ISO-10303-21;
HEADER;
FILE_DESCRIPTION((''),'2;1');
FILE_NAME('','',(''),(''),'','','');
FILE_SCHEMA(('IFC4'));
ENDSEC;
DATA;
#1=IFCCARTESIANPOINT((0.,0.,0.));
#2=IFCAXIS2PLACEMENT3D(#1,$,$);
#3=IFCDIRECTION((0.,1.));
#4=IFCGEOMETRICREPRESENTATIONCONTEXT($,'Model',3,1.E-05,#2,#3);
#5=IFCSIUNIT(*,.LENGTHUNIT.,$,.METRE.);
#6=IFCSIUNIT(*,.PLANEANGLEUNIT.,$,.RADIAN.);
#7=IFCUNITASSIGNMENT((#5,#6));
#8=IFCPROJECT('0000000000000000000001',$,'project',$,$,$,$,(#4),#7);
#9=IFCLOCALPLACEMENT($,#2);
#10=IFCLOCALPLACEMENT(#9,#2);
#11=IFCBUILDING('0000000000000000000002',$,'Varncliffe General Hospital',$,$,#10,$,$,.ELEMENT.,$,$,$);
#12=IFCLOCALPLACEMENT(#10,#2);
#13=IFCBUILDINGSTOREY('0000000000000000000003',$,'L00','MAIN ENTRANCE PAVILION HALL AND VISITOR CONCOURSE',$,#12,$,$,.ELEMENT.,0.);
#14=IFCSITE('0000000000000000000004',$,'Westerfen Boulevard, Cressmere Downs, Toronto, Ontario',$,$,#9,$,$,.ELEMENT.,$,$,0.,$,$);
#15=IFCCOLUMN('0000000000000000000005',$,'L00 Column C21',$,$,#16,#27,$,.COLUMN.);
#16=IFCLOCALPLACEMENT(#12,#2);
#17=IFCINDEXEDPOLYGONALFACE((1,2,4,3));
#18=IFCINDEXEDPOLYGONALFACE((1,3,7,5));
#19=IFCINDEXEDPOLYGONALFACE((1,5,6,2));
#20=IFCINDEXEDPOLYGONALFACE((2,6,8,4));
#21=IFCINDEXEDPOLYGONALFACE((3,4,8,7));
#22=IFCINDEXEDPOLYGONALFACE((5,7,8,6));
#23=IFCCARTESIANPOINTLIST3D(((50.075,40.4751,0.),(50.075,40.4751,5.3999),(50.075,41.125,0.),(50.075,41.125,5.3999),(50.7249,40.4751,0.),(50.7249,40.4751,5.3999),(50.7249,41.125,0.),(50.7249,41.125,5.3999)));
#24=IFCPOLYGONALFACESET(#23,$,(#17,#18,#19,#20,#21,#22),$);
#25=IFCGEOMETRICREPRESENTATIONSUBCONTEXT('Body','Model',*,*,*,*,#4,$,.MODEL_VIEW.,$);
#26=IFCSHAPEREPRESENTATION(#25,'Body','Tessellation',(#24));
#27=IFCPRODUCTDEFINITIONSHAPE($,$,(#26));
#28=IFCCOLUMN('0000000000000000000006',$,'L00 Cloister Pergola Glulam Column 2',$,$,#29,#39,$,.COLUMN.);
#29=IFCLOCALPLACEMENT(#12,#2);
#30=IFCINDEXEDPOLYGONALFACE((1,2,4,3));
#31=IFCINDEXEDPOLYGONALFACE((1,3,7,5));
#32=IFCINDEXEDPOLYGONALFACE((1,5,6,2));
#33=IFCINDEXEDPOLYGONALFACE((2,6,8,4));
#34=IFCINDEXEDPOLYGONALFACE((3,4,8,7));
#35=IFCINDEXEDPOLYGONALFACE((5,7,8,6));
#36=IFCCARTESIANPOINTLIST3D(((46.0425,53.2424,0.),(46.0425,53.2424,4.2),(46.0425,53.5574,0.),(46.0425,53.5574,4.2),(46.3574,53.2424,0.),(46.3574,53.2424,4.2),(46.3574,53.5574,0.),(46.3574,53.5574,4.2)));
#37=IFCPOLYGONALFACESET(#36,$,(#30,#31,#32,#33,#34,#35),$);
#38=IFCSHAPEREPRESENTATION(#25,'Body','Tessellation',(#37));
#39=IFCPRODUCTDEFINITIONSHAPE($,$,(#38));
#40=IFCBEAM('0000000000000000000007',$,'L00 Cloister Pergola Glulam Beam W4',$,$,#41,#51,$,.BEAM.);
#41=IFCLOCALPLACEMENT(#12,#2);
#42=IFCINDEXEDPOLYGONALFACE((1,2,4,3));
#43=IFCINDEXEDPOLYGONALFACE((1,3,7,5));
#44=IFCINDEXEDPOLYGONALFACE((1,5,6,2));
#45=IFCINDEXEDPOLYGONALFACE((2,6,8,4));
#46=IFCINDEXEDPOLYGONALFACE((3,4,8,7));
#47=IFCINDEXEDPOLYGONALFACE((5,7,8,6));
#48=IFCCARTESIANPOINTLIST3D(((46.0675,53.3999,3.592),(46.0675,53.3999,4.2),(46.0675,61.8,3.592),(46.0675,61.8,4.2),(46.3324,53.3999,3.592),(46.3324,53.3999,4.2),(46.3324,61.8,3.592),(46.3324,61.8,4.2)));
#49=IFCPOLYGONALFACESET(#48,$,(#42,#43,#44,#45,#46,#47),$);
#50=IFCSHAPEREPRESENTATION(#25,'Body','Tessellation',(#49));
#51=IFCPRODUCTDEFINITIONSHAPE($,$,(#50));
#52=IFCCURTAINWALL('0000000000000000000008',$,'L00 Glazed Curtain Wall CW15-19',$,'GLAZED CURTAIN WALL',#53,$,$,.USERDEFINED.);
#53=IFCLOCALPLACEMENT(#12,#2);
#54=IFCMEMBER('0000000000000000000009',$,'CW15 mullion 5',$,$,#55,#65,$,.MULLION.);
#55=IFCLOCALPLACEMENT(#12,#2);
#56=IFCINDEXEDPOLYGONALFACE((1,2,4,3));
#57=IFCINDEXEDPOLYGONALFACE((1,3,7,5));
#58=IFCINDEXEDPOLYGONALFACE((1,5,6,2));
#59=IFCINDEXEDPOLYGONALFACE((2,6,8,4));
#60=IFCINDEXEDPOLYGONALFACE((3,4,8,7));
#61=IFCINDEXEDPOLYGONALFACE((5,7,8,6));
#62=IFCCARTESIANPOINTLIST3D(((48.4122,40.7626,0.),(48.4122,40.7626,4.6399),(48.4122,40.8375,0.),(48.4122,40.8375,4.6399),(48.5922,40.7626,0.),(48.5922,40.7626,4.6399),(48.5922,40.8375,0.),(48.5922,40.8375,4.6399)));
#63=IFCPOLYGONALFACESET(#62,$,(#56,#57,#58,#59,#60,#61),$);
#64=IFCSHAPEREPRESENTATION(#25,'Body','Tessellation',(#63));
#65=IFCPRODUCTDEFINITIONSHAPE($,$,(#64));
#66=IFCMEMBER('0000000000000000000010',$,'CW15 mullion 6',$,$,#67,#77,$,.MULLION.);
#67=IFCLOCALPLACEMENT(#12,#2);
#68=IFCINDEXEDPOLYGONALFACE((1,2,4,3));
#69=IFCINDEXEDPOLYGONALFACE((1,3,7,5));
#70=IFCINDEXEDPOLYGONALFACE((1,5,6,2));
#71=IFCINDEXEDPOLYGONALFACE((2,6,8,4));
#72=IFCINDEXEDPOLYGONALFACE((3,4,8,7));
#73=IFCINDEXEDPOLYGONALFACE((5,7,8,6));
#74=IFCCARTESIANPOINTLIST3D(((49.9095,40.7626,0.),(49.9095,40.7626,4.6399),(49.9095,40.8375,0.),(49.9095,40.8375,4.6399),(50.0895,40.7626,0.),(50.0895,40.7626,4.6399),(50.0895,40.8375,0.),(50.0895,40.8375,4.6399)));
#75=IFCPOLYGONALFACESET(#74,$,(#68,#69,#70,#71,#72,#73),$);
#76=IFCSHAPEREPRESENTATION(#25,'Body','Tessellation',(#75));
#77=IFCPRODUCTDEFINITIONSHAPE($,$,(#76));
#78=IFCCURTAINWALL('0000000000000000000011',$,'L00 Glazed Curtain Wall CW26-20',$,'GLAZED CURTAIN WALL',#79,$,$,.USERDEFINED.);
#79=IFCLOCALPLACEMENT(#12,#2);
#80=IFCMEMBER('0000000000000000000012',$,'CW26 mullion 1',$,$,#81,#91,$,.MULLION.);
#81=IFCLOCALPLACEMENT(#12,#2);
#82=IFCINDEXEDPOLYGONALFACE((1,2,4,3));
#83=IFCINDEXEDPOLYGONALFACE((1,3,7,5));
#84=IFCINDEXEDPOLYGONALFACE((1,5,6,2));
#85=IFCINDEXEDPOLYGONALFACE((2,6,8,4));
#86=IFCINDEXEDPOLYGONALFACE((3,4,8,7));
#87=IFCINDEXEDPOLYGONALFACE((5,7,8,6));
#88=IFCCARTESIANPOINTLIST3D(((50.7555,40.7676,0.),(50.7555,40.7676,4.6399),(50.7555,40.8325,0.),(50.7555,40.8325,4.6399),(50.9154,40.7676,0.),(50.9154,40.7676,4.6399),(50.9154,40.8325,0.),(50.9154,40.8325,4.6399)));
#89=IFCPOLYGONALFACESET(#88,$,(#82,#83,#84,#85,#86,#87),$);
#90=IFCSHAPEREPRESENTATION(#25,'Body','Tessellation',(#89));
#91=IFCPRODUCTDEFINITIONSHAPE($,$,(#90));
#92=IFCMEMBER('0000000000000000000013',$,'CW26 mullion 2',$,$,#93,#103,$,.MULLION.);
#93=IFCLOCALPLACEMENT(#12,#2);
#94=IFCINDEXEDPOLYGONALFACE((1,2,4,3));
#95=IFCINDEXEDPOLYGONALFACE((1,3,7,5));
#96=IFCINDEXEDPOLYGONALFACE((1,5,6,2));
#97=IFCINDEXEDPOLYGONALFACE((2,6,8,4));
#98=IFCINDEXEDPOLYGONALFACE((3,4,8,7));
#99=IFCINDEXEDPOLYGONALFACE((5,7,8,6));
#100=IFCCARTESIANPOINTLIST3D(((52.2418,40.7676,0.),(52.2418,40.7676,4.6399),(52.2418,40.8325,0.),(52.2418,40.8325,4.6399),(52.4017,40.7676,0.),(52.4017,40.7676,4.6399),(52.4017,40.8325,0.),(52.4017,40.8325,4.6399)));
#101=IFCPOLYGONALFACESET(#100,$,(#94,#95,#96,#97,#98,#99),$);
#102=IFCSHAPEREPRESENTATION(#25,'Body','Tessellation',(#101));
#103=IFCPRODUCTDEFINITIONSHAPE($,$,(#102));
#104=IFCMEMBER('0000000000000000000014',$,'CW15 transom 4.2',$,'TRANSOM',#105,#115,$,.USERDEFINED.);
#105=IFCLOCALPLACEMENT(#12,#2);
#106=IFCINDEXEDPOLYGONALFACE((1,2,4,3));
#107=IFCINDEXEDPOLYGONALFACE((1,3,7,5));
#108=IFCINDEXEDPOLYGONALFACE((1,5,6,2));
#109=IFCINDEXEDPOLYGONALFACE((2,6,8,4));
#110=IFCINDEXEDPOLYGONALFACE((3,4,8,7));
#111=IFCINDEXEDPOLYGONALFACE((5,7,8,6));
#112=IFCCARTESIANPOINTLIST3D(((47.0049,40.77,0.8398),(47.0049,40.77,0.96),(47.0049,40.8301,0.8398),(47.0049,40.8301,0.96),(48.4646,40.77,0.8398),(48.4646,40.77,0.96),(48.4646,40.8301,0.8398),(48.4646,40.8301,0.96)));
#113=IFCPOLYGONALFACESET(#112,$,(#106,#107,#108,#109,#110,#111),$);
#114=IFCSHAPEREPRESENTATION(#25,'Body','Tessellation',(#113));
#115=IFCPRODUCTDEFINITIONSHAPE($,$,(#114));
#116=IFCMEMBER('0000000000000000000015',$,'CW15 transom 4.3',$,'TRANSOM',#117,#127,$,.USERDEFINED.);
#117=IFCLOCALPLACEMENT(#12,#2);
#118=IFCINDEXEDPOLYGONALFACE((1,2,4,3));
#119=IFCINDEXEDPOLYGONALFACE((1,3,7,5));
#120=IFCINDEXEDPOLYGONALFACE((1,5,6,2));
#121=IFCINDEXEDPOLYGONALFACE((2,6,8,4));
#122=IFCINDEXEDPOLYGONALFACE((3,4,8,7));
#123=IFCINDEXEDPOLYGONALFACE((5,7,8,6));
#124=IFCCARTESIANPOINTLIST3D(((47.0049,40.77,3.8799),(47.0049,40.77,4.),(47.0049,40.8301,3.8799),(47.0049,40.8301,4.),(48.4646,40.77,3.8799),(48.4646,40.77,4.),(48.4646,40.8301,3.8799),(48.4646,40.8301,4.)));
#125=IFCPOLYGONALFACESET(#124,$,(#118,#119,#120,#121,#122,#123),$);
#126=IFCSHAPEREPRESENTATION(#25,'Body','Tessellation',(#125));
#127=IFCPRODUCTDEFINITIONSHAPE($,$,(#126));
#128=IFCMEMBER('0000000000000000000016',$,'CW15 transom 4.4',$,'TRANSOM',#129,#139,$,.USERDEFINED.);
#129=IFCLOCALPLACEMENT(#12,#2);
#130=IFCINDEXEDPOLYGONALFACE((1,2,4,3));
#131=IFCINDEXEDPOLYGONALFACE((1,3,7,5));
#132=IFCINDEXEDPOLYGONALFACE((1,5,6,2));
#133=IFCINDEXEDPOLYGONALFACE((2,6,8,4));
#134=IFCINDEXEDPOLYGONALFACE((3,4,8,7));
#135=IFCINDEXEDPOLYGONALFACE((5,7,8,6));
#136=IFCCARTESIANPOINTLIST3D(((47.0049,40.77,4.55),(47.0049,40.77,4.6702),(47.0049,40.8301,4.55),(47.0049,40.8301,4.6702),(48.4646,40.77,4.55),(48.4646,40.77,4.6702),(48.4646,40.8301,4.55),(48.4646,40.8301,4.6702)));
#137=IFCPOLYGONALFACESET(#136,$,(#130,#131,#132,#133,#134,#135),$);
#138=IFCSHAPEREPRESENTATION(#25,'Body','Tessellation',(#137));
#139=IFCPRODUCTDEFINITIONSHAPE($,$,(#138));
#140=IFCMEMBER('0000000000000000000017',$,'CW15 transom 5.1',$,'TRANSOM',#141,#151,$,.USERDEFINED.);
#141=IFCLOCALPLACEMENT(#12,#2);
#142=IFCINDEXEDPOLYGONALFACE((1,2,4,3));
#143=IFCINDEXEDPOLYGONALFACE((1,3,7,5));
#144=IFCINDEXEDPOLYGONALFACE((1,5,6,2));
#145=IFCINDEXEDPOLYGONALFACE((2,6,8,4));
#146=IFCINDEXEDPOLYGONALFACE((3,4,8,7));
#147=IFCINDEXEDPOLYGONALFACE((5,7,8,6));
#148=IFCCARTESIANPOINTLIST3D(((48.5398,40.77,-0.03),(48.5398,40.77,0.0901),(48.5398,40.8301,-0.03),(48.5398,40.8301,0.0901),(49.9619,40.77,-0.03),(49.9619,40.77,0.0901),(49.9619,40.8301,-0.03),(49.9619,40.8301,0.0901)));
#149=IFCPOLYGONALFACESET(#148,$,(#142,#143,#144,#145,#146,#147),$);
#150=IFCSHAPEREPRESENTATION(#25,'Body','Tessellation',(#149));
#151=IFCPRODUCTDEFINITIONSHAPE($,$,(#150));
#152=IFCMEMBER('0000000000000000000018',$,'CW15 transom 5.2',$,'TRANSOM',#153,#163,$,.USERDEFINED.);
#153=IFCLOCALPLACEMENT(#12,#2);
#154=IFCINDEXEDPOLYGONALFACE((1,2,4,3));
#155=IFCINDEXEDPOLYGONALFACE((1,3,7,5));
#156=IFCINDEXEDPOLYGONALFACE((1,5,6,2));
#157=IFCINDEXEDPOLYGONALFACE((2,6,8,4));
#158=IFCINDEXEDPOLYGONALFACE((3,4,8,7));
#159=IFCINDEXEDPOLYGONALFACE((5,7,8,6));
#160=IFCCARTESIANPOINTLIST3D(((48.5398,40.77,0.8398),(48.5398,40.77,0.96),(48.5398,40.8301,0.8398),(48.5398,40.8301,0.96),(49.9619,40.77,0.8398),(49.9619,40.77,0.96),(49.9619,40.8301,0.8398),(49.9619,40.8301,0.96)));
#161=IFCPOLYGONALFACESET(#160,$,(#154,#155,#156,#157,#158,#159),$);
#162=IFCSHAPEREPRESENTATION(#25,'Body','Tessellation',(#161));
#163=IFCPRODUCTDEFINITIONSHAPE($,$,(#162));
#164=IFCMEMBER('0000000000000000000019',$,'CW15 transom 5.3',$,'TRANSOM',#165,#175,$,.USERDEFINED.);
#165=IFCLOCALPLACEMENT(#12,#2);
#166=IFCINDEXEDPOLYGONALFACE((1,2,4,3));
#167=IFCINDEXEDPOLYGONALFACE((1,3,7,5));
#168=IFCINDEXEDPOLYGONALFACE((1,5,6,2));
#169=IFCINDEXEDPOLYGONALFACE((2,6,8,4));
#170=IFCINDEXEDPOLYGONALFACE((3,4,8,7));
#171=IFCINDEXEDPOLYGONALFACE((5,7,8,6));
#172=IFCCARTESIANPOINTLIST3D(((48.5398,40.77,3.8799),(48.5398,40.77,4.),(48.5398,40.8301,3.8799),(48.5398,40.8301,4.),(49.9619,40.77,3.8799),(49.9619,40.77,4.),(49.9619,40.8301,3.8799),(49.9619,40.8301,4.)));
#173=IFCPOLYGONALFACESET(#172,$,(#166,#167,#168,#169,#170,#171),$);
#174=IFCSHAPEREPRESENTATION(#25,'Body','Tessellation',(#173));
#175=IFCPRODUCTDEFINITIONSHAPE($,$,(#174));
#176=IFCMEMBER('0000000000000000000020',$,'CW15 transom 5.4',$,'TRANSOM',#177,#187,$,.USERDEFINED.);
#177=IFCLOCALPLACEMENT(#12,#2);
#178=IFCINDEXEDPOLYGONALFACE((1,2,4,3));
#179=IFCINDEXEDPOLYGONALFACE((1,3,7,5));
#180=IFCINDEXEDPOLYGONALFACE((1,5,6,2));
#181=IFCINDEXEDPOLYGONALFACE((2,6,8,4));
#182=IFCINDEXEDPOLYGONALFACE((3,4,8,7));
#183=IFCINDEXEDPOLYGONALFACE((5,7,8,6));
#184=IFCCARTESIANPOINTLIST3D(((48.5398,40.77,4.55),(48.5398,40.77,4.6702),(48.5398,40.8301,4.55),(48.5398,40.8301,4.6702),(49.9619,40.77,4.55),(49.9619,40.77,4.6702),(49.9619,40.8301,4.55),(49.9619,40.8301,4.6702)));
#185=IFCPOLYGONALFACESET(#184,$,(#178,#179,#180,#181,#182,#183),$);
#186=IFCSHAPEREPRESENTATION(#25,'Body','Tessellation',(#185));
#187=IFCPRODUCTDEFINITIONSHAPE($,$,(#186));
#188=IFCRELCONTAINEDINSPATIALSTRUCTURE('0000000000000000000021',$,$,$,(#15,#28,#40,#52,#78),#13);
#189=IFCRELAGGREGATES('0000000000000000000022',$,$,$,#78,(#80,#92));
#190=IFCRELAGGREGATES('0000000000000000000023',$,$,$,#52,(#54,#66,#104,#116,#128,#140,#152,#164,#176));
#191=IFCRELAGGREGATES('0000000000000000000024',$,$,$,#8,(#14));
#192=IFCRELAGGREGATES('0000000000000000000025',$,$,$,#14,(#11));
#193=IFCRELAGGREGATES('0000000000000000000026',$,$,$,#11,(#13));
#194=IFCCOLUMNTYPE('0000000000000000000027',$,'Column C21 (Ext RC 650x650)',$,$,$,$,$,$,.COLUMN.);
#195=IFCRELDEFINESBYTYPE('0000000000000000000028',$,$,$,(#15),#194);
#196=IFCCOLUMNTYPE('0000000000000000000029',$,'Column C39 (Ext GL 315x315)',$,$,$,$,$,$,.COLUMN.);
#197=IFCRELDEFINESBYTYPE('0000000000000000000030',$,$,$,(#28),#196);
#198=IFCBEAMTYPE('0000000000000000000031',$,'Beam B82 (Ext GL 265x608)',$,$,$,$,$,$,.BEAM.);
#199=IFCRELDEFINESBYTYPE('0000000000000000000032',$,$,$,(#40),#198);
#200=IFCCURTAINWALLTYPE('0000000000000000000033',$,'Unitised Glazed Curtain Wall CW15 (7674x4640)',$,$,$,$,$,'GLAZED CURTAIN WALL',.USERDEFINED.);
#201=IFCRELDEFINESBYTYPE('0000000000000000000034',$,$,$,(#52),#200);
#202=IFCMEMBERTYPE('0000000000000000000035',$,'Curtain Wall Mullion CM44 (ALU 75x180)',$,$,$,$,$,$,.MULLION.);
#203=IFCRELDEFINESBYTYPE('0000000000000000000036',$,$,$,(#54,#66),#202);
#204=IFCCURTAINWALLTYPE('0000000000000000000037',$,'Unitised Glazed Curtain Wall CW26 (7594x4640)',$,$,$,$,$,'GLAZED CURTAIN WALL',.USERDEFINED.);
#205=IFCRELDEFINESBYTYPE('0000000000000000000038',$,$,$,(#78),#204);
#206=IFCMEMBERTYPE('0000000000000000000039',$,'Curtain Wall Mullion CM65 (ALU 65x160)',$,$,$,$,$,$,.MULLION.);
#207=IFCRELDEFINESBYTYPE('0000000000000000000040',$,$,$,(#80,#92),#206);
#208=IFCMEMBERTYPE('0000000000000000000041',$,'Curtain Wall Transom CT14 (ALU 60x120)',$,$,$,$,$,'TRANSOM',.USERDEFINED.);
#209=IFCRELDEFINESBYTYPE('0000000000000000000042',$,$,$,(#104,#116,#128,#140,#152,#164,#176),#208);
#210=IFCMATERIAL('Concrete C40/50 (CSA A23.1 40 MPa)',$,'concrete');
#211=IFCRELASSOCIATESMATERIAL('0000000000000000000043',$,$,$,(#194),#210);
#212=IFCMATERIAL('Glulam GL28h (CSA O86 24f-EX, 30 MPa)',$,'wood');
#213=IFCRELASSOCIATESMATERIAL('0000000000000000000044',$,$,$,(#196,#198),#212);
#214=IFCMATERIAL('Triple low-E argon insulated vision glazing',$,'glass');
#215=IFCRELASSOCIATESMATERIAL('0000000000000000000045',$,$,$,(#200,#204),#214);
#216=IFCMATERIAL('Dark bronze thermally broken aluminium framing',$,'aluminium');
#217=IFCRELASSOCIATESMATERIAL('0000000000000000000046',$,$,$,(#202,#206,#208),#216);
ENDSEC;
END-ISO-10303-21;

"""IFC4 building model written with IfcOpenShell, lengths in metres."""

from ifc_helpers import new_model, si_unit, direction, frame, origin, origin_2d, place, context, subcontext, project, spatial, rectangle, extrude, material, material_profile, profile_set, type_object, element, aggregate, save


model = new_model("IFC4")

# Units and contexts
model_context = context("Model", 3, precision=1e-05, world=origin(), true_north=direction((0.0, 1.0)))
body_context = subcontext(model_context, "Body", "Model", "MODEL_VIEW")
ifc_project = project(units=[si_unit("LENGTHUNIT", "METRE"), si_unit("PLANEANGLEUNIT", "RADIAN")], contexts=[model_context])

# Site, building, storey
site_placement = place(None, origin())
site = spatial("IfcSite", under=ifc_project, at=site_placement, Name="Westerfen Boulevard, Cressmere Downs, Toronto, Ontario", CompositionType="ELEMENT", RefElevation=0.0)
building_placement = place(site_placement, origin())
building = spatial("IfcBuilding", under=site, at=building_placement, Name="Varncliffe General Hospital", CompositionType="ELEMENT")
storey_placement = place(building_placement, origin())
storey = spatial("IfcBuildingStorey", under=building, at=storey_placement, Name="L00", Description="MAIN ENTRANCE PAVILION HALL AND VISITOR CONCOURSE", CompositionType="ELEMENT", Elevation=0.0)

# Columns
ifc_material_1 = material(Name="Concrete C40/50 (CSA A23.1 40 MPa)", Category="concrete")
ifc_material_profile_1 = material_profile(ifc_material_1, rectangle(XDim=0.6499, YDim=0.6499, at=origin_2d()), Name="RC 650x650")
ifc_profile_set_1 = profile_set([ifc_material_profile_1], Name="Concrete C40/50 (CSA A23.1 40 MPa)")
column_type_1 = type_object("IfcColumnType", Name="Column C21 (Ext RC 650x650)", PredefinedType="COLUMN", material=ifc_profile_set_1)
column_1_placement = place(storey_placement, frame((50.3999, 40.8, 0.0), z_axis=(0.0, 0.0, 1.0), x_axis=(1.0, 0.0, 0.0)))
element("IfcColumn", 1, at=column_1_placement, inside=storey, type_object=column_type_1, Name="L00 Column C21", PredefinedType="COLUMN", context=body_context, shape_type="SweptSolid", body=[
    extrude(rectangle(XDim=0.6499, YDim=0.6499, at=origin_2d()), origin(), (0.0, 0.0, 1.0), 5.3999),
])
ifc_material_2 = material(Name="Glulam GL28h (CSA O86 24f-EX, 30 MPa)", Category="wood")
ifc_material_profile_2 = material_profile(ifc_material_2, rectangle(XDim=0.3149, YDim=0.3149, at=origin_2d()), Name="GL 315x315")
ifc_profile_set_2 = profile_set([ifc_material_profile_2], Name="Glulam GL28h (CSA O86 24f-EX, 30 MPa)")
column_type_2 = type_object("IfcColumnType", Name="Column C39 (Ext GL 315x315)", PredefinedType="COLUMN", material=ifc_profile_set_2)
column_2_placement = place(storey_placement, frame((46.2, 53.3999, 0.0), z_axis=(0.0, 0.0, 1.0), x_axis=(1.0, 0.0, 0.0)))
element("IfcColumn", 2, at=column_2_placement, inside=storey, type_object=column_type_2, Name="L00 Cloister Pergola Glulam Column 2", PredefinedType="COLUMN", context=body_context, shape_type="SweptSolid", body=[
    extrude(rectangle(XDim=0.3149, YDim=0.3149, at=origin_2d()), origin(), (0.0, 0.0, 1.0), 4.2),
])

# Beam
ifc_material_profile_3 = material_profile(ifc_material_2, rectangle(XDim=0.2649, YDim=0.6079, at=origin_2d()), Name="GL 265x608")
ifc_profile_set_3 = profile_set([ifc_material_profile_3], Name="Glulam GL28h (CSA O86 24f-EX, 30 MPa)")
beam_type_1 = type_object("IfcBeamType", Name="Beam B82 (Ext GL 265x608)", PredefinedType="BEAM", material=ifc_profile_set_3)
beam_1_placement = place(storey_placement, frame((46.2, 53.3999, 3.896), z_axis=(0.0, 1.0, 0.0), x_axis=(-1.0, 0.0, 0.0)))
element("IfcBeam", 3, at=beam_1_placement, inside=storey, type_object=beam_type_1, Name="L00 Cloister Pergola Glulam Beam W4", PredefinedType="BEAM", context=body_context, shape_type="SweptSolid", body=[
    extrude(rectangle(XDim=0.2649, YDim=0.6079, at=origin_2d()), origin(), (0.0, 0.0, 1.0), 8.4001),
])

# Curtain walls, members
ifc_material_3 = material(Name="Triple low-E argon insulated vision glazing", Category="glass")
curtain_wall_type_1 = type_object("IfcCurtainWallType", Name="Unitised Glazed Curtain Wall CW15 (7674x4640)", ElementType="GLAZED CURTAIN WALL", PredefinedType="USERDEFINED", material=ifc_material_3)
curtain_wall_1_placement = place(storey_placement, origin())
curtain_wall_1 = element("IfcCurtainWall", 4, at=curtain_wall_1_placement, inside=storey, type_object=curtain_wall_type_1, Name="L00 Glazed Curtain Wall CW15-19", ObjectType="GLAZED CURTAIN WALL", PredefinedType="USERDEFINED")
ifc_material_4 = material(Name="Dark bronze thermally broken aluminium framing", Category="aluminium")
ifc_material_profile_4 = material_profile(ifc_material_4, rectangle(XDim=0.075, YDim=0.1799, at=origin_2d()), Name="ALU 75x180")
ifc_profile_set_4 = profile_set([ifc_material_profile_4], Name="Dark bronze thermally broken aluminium framing")
member_type_1 = type_object("IfcMemberType", Name="Curtain Wall Mullion CM44 (ALU 75x180)", PredefinedType="MULLION", material=ifc_profile_set_4)
member_1_placement = place(storey_placement, frame((48.5022, 40.8, 0.0), z_axis=(0.0, 0.0, 1.0), x_axis=(0.0, 1.0, 0.0)))
member_1 = element("IfcMember", 5, at=member_1_placement, type_object=member_type_1, Name="CW15 mullion 5", PredefinedType="MULLION", context=body_context, shape_type="SweptSolid", body=[
    extrude(rectangle(XDim=0.075, YDim=0.1799, at=origin_2d()), origin(), (0.0, 0.0, 1.0), 4.6399),
])
member_2_placement = place(storey_placement, frame((49.9995, 40.8, 0.0), z_axis=(0.0, 0.0, 1.0), x_axis=(0.0, 1.0, 0.0)))
member_2 = element("IfcMember", 6, at=member_2_placement, type_object=member_type_1, Name="CW15 mullion 6", PredefinedType="MULLION", context=body_context, shape_type="SweptSolid", body=[
    extrude(rectangle(XDim=0.075, YDim=0.1799, at=origin_2d()), origin(), (0.0, 0.0, 1.0), 4.6399),
])
curtain_wall_type_2 = type_object("IfcCurtainWallType", Name="Unitised Glazed Curtain Wall CW26 (7594x4640)", ElementType="GLAZED CURTAIN WALL", PredefinedType="USERDEFINED", material=ifc_material_3)
curtain_wall_2_placement = place(storey_placement, origin())
curtain_wall_2 = element("IfcCurtainWall", 7, at=curtain_wall_2_placement, inside=storey, type_object=curtain_wall_type_2, Name="L00 Glazed Curtain Wall CW26-20", ObjectType="GLAZED CURTAIN WALL", PredefinedType="USERDEFINED")
ifc_material_profile_5 = material_profile(ifc_material_4, rectangle(XDim=0.0649, YDim=0.1599, at=origin_2d()), Name="ALU 65x160")
ifc_profile_set_5 = profile_set([ifc_material_profile_5], Name="Dark bronze thermally broken aluminium framing")
member_type_2 = type_object("IfcMemberType", Name="Curtain Wall Mullion CM65 (ALU 65x160)", PredefinedType="MULLION", material=ifc_profile_set_5)
member_3_placement = place(storey_placement, frame((50.8354, 40.8, 0.0), z_axis=(0.0, 0.0, 1.0), x_axis=(0.0, 1.0, 0.0)))
member_3 = element("IfcMember", 8, at=member_3_placement, type_object=member_type_2, Name="CW26 mullion 1", PredefinedType="MULLION", context=body_context, shape_type="SweptSolid", body=[
    extrude(rectangle(XDim=0.0649, YDim=0.1599, at=origin_2d()), origin(), (0.0, 0.0, 1.0), 4.6399),
])
member_4_placement = place(storey_placement, frame((52.3218, 40.8, 0.0), z_axis=(0.0, 0.0, 1.0), x_axis=(0.0, 1.0, 0.0)))
member_4 = element("IfcMember", 9, at=member_4_placement, type_object=member_type_2, Name="CW26 mullion 2", PredefinedType="MULLION", context=body_context, shape_type="SweptSolid", body=[
    extrude(rectangle(XDim=0.0649, YDim=0.1599, at=origin_2d()), origin(), (0.0, 0.0, 1.0), 4.6399),
])

# Members
ifc_material_profile_6 = material_profile(ifc_material_4, rectangle(XDim=0.0601, YDim=0.1201, at=origin_2d()), Name="ALU 60x120")
ifc_profile_set_6 = profile_set([ifc_material_profile_6], Name="Dark bronze thermally broken aluminium framing")
member_type_3 = type_object("IfcMemberType", Name="Curtain Wall Transom CT14 (ALU 60x120)", ElementType="TRANSOM", PredefinedType="USERDEFINED", material=ifc_profile_set_6)
member_5_placement = place(storey_placement, frame((47.0049, 40.8, 0.8999), z_axis=(1.0, 0.0, 0.0), x_axis=(0.0, 1.0, 0.0)))
member_5 = element("IfcMember", 10, at=member_5_placement, type_object=member_type_3, Name="CW15 transom 4.2", ObjectType="TRANSOM", PredefinedType="USERDEFINED", context=body_context, shape_type="SweptSolid", body=[
    extrude(rectangle(XDim=0.0601, YDim=0.1201, at=origin_2d()), origin(), (0.0, 0.0, 1.0), 1.4597),
])
member_6_placement = place(storey_placement, frame((47.0049, 40.8, 3.9399), z_axis=(1.0, 0.0, 0.0), x_axis=(0.0, 1.0, 0.0)))
member_6 = element("IfcMember", 11, at=member_6_placement, type_object=member_type_3, Name="CW15 transom 4.3", ObjectType="TRANSOM", PredefinedType="USERDEFINED", context=body_context, shape_type="SweptSolid", body=[
    extrude(rectangle(XDim=0.0601, YDim=0.1201, at=origin_2d()), origin(), (0.0, 0.0, 1.0), 1.4597),
])
member_7_placement = place(storey_placement, frame((47.0049, 40.8, 4.6101), z_axis=(1.0, 0.0, 0.0), x_axis=(0.0, 1.0, 0.0)))
member_7 = element("IfcMember", 12, at=member_7_placement, type_object=member_type_3, Name="CW15 transom 4.4", ObjectType="TRANSOM", PredefinedType="USERDEFINED", context=body_context, shape_type="SweptSolid", body=[
    extrude(rectangle(XDim=0.0601, YDim=0.1201, at=origin_2d()), origin(), (0.0, 0.0, 1.0), 1.4597),
])
member_8_placement = place(storey_placement, frame((48.5398, 40.8, 0.03), z_axis=(1.0, 0.0, 0.0), x_axis=(0.0, 1.0, 0.0)))
member_8 = element("IfcMember", 13, at=member_8_placement, type_object=member_type_3, Name="CW15 transom 5.1", ObjectType="TRANSOM", PredefinedType="USERDEFINED", context=body_context, shape_type="SweptSolid", body=[
    extrude(rectangle(XDim=0.0601, YDim=0.1201, at=origin_2d()), origin(), (0.0, 0.0, 1.0), 1.4221),
])
member_9_placement = place(storey_placement, frame((48.5398, 40.8, 0.8999), z_axis=(1.0, 0.0, 0.0), x_axis=(0.0, 1.0, 0.0)))
member_9 = element("IfcMember", 14, at=member_9_placement, type_object=member_type_3, Name="CW15 transom 5.2", ObjectType="TRANSOM", PredefinedType="USERDEFINED", context=body_context, shape_type="SweptSolid", body=[
    extrude(rectangle(XDim=0.0601, YDim=0.1201, at=origin_2d()), origin(), (0.0, 0.0, 1.0), 1.4221),
])
member_10_placement = place(storey_placement, frame((48.5398, 40.8, 3.9399), z_axis=(1.0, 0.0, 0.0), x_axis=(0.0, 1.0, 0.0)))
member_10 = element("IfcMember", 15, at=member_10_placement, type_object=member_type_3, Name="CW15 transom 5.3", ObjectType="TRANSOM", PredefinedType="USERDEFINED", context=body_context, shape_type="SweptSolid", body=[
    extrude(rectangle(XDim=0.0601, YDim=0.1201, at=origin_2d()), origin(), (0.0, 0.0, 1.0), 1.4221),
])
member_11_placement = place(storey_placement, frame((48.5398, 40.8, 4.6101), z_axis=(1.0, 0.0, 0.0), x_axis=(0.0, 1.0, 0.0)))
member_11 = element("IfcMember", 16, at=member_11_placement, type_object=member_type_3, Name="CW15 transom 5.4", ObjectType="TRANSOM", PredefinedType="USERDEFINED", context=body_context, shape_type="SweptSolid", body=[
    extrude(rectangle(XDim=0.0601, YDim=0.1201, at=origin_2d()), origin(), (0.0, 0.0, 1.0), 1.4221),
])

aggregate(curtain_wall_2, [member_3, member_4])
aggregate(curtain_wall_1, [member_1, member_2, member_5, member_6, member_7, member_8, member_9, member_10, member_11])

save(model, "model.ifc")
